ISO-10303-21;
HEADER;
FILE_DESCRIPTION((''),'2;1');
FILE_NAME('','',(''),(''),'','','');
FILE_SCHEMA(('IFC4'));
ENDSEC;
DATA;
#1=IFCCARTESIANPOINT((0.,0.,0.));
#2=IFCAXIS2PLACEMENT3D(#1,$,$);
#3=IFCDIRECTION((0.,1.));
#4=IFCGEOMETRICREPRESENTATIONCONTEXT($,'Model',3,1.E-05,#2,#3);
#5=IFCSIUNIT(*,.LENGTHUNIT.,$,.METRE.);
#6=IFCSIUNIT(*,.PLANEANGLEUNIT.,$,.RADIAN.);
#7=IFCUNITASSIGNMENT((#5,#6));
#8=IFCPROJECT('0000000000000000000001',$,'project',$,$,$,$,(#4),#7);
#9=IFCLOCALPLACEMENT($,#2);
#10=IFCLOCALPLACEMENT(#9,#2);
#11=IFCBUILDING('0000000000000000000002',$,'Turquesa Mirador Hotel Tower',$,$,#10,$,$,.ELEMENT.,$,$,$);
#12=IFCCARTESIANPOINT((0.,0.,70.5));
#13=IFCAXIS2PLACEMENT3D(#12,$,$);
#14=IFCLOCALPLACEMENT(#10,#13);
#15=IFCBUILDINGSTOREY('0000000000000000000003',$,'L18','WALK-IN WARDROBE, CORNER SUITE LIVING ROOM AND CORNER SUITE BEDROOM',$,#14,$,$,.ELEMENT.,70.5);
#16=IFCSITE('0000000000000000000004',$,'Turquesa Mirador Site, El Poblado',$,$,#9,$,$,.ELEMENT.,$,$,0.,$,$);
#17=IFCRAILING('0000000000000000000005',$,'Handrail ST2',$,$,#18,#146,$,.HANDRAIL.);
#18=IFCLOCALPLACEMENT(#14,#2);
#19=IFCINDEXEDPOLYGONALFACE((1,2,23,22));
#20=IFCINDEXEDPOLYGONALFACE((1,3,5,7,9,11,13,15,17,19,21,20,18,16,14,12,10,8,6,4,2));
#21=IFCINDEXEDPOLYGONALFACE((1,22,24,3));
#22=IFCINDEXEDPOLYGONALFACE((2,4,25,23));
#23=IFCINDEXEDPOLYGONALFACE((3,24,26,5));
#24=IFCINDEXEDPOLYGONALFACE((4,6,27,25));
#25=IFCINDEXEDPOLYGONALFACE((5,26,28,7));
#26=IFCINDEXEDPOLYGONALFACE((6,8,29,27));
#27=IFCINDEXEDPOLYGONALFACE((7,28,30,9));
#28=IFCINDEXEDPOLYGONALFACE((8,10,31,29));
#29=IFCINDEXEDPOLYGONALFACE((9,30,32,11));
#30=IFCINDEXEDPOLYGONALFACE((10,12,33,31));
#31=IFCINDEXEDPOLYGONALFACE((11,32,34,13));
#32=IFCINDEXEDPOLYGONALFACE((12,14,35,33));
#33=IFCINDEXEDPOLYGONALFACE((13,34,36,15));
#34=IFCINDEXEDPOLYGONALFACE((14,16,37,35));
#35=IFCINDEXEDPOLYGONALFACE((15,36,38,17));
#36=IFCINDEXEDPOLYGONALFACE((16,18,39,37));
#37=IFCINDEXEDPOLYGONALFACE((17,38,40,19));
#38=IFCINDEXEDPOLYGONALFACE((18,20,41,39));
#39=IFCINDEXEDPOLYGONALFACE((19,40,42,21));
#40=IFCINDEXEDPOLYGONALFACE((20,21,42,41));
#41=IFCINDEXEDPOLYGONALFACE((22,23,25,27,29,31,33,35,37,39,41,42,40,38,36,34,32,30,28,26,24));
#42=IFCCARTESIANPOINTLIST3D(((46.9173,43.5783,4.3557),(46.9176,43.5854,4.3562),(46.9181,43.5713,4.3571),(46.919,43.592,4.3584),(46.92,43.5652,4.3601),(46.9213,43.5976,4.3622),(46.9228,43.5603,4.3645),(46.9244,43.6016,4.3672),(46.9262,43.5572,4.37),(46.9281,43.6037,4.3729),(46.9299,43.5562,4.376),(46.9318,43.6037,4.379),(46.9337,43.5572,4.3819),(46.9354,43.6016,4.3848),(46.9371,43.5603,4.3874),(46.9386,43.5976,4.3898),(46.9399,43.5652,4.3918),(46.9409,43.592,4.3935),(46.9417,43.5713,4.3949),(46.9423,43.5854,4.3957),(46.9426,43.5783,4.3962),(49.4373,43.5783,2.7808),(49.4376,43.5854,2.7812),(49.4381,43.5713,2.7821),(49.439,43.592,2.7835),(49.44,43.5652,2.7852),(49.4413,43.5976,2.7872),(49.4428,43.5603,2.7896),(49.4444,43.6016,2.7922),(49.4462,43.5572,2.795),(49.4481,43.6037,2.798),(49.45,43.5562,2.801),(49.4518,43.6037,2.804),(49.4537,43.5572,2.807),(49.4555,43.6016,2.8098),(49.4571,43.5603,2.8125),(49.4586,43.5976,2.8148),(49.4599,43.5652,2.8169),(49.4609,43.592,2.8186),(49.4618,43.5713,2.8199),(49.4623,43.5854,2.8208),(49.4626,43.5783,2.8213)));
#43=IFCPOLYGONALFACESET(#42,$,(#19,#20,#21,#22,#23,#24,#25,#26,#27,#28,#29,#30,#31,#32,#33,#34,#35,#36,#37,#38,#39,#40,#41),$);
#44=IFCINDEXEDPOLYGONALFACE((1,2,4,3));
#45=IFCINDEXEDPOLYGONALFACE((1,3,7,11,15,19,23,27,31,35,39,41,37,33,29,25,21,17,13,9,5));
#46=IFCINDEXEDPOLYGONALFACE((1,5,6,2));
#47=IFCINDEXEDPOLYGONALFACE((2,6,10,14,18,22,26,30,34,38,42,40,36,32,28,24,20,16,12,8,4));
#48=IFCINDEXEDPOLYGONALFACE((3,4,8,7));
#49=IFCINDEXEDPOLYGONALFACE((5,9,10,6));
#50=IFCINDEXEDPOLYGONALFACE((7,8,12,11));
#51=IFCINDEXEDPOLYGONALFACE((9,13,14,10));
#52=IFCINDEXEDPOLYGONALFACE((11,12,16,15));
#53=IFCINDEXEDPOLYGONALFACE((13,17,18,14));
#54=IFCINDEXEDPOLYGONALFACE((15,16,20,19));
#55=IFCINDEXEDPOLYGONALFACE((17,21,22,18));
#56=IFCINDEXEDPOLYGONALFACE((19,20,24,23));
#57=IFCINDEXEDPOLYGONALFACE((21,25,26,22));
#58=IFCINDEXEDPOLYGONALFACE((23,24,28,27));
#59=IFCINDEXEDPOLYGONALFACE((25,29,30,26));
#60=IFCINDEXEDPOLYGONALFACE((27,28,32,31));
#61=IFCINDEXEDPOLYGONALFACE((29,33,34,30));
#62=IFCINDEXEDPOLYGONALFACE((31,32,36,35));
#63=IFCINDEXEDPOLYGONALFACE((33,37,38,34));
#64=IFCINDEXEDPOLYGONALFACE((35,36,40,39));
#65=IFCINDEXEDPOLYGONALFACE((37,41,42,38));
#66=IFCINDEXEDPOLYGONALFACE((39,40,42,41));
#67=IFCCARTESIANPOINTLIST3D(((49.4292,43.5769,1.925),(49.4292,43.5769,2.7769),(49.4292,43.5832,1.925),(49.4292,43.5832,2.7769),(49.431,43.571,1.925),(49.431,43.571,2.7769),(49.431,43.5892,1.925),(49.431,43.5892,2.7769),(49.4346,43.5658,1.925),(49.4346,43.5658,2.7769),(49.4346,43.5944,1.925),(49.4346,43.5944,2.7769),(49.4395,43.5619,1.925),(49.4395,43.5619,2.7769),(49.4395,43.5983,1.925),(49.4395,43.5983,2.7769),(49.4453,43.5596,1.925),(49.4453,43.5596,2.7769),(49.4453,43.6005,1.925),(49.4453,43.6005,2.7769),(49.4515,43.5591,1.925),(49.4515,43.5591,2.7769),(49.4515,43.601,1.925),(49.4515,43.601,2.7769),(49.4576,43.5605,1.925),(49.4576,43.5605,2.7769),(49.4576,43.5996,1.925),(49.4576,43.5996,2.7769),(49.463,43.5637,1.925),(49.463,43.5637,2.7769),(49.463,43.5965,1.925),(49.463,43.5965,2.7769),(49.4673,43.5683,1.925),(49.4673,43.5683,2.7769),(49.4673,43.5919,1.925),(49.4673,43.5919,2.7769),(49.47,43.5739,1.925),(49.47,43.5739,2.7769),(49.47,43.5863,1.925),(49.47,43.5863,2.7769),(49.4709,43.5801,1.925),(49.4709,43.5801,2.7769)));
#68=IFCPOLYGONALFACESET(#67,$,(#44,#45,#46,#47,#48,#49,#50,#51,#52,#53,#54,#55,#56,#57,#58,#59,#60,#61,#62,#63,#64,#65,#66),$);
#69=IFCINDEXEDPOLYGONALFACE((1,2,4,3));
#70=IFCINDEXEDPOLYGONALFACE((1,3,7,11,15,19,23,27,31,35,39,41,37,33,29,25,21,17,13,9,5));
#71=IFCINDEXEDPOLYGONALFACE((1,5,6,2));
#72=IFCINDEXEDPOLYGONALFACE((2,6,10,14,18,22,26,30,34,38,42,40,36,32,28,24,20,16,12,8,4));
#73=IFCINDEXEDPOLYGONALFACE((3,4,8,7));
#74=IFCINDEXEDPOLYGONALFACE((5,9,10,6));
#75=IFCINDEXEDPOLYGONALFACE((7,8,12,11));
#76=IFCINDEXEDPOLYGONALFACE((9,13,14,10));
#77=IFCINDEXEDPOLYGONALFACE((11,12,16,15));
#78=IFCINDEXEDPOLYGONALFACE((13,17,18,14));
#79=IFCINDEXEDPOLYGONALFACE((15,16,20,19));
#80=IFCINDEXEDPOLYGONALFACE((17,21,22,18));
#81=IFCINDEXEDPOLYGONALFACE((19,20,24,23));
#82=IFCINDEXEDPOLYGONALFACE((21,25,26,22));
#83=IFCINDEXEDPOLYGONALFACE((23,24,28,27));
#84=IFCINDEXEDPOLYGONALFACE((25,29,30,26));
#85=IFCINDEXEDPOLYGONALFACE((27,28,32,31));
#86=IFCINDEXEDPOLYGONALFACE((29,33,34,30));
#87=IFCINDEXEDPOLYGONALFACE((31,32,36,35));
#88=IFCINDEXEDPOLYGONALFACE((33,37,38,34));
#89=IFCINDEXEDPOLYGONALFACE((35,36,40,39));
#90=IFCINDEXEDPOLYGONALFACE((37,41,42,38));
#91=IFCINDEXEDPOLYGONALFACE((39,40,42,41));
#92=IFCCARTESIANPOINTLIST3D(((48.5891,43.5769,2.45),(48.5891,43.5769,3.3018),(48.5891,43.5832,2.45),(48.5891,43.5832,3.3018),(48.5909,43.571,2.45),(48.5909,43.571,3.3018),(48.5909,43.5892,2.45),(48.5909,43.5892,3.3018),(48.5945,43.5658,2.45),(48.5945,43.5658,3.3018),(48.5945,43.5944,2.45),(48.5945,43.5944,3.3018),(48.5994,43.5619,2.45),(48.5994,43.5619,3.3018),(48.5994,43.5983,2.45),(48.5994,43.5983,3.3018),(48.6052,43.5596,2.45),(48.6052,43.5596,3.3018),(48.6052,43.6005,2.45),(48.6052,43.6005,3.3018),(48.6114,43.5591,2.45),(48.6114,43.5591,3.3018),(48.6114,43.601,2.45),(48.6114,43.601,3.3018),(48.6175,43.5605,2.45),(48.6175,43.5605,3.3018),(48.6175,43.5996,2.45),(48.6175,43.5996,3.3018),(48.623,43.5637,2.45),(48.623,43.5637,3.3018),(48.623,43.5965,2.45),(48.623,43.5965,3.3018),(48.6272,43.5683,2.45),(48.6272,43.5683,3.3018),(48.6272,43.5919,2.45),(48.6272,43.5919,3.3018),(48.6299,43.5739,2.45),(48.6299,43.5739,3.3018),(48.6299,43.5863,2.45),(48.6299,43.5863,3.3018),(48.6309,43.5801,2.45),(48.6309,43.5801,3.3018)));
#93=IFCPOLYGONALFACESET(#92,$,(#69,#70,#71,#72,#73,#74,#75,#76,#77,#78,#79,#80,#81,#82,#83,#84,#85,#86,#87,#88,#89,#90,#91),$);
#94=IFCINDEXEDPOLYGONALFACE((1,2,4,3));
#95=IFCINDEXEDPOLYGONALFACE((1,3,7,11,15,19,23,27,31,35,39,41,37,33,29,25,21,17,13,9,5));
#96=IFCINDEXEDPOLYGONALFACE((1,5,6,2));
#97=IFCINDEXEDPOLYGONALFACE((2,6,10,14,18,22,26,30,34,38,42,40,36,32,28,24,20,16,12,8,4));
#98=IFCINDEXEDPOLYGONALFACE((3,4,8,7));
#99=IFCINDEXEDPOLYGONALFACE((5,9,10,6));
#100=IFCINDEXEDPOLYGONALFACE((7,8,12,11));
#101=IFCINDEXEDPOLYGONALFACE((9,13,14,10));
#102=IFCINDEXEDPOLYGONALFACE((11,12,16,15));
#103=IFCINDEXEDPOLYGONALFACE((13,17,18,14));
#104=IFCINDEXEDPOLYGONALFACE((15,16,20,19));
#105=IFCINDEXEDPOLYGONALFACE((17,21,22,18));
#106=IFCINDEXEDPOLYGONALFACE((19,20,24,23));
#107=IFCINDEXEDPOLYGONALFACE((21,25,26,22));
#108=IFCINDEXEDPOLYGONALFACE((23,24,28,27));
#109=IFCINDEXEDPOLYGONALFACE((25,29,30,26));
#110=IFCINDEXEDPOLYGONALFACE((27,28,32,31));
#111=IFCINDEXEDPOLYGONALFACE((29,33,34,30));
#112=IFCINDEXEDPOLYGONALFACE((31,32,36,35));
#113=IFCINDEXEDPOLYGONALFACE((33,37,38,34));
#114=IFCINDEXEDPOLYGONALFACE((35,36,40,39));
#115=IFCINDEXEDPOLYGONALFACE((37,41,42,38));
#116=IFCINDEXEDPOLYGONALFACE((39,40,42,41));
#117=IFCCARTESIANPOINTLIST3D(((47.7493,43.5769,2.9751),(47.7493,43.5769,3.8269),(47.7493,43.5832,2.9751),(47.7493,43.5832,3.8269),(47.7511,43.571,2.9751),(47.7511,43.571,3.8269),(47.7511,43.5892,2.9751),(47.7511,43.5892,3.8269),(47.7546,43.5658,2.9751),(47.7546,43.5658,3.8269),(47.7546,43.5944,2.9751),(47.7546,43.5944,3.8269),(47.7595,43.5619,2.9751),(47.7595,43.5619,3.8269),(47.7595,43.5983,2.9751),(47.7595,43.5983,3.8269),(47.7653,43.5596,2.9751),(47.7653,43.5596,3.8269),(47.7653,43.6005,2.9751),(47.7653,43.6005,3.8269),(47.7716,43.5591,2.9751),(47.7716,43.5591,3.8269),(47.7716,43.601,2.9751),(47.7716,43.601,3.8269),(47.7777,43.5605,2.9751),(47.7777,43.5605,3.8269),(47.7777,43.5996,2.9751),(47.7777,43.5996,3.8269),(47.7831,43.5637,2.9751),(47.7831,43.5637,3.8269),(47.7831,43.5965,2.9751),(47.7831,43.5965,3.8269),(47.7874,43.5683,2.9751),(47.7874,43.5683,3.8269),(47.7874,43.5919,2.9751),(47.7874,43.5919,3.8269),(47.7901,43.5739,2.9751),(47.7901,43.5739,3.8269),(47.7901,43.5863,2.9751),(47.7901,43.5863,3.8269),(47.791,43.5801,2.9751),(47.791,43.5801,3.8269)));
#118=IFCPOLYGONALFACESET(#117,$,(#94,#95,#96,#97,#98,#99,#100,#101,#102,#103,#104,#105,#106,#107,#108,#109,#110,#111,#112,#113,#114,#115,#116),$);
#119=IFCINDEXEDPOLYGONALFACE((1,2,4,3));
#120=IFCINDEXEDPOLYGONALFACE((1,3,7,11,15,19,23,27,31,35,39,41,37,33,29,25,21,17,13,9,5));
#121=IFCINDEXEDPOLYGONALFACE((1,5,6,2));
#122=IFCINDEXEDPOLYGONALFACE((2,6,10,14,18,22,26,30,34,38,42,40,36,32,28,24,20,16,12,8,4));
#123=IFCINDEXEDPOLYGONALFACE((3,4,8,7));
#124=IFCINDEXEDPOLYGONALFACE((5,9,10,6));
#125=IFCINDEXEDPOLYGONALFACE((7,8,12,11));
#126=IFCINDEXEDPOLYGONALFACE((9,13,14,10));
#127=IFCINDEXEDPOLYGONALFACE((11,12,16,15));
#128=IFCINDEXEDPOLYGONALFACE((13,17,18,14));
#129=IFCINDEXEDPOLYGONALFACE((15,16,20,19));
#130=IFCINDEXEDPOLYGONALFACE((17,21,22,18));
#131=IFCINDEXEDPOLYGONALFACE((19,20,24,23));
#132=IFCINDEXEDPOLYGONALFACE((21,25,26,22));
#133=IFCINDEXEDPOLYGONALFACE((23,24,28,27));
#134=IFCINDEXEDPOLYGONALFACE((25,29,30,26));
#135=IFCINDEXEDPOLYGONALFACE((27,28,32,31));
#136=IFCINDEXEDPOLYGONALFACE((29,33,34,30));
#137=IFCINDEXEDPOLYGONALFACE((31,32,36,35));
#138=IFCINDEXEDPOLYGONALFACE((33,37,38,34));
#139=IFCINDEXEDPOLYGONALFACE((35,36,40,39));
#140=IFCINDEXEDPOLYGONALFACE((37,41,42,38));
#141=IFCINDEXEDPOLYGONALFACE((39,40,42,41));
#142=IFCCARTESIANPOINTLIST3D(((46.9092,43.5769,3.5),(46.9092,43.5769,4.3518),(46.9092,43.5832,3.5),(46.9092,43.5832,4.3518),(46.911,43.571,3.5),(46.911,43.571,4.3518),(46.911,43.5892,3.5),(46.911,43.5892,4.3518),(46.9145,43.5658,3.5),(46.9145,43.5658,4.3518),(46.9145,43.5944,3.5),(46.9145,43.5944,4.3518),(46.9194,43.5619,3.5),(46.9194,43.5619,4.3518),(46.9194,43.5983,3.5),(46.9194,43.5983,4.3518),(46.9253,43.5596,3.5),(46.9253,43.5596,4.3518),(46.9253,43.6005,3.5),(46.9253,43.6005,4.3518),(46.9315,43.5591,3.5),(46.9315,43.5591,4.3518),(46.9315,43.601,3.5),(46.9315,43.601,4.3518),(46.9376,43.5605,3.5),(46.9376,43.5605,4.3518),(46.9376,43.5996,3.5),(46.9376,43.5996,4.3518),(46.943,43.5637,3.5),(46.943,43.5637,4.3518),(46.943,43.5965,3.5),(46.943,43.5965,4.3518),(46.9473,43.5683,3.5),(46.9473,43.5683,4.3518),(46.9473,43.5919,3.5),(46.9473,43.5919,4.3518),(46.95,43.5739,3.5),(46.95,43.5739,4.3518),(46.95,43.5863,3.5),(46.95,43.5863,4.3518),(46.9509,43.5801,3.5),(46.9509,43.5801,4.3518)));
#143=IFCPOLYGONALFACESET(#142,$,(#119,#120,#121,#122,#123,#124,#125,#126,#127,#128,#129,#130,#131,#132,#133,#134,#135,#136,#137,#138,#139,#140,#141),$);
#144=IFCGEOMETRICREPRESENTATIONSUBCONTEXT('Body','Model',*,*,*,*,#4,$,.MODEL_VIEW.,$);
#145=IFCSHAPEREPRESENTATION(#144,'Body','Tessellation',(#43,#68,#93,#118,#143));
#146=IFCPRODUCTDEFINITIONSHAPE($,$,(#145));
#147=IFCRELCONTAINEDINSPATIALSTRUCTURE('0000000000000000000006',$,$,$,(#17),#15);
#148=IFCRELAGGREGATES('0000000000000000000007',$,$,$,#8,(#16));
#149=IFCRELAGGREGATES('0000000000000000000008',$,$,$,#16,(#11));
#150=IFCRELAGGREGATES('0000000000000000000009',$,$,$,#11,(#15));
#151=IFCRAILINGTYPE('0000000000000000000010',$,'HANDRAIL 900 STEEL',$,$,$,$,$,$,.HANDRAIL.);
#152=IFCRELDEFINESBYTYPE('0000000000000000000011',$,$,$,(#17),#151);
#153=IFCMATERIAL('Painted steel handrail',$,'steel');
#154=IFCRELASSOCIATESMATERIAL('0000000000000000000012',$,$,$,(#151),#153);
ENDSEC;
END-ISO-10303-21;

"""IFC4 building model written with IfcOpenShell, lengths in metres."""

from ifc_helpers import new_model, si_unit, direction, frame, origin, origin_2d, place, context, subcontext, project, spatial, circle, extrude, material, type_object, element, save


model = new_model("IFC4")

# Units and contexts
model_context = context("Model", 3, precision=1e-05, world=origin(), true_north=direction((0.0, 1.0)))
body_context = subcontext(model_context, "Body", "Model", "MODEL_VIEW")
ifc_project = project(units=[si_unit("LENGTHUNIT", "METRE"), si_unit("PLANEANGLEUNIT", "RADIAN")], contexts=[model_context])

# Site, building, storey
site_placement = place(None, origin())
site = spatial("IfcSite", under=ifc_project, at=site_placement, Name="Turquesa Mirador Site, El Poblado", CompositionType="ELEMENT", RefElevation=0.0)
building_placement = place(site_placement, origin())
building = spatial("IfcBuilding", under=site, at=building_placement, Name="Turquesa Mirador Hotel Tower", CompositionType="ELEMENT")
storey_placement = place(building_placement, frame((0.0, 0.0, 70.5)))
storey = spatial("IfcBuildingStorey", under=building, at=storey_placement, Name="L18", Description="WALK-IN WARDROBE, CORNER SUITE LIVING ROOM AND CORNER SUITE BEDROOM", CompositionType="ELEMENT", Elevation=70.5)

# Railing
ifc_material_1 = material(Name="Painted steel handrail", Category="steel")
railing_type = type_object("IfcRailingType", Name="HANDRAIL 900 STEEL", PredefinedType="HANDRAIL", material=ifc_material_1)
railing_1_placement = place(storey_placement, frame((49.45, 43.5801, 1.925)))
element("IfcRailing", 1, at=railing_1_placement, inside=storey, type_object=railing_type, Name="Handrail ST2", PredefinedType="HANDRAIL", context=body_context, shape_type="SweptSolid", body=[
    extrude(circle(Radius=0.0239, at=origin_2d()), frame((0.0, 0.0, 0.876), z_axis=(-0.848008, 0.0, 0.529984), x_axis=(0.0, -1.0, 0.0)), (0.0, 0.0, 1.0), 2.9717),
    extrude(circle(Radius=0.021, at=origin_2d()), origin(), (0.0, 0.0, 1.0), 0.8518),
    extrude(circle(Radius=0.021, at=origin_2d()), frame((-0.8401, 0.0, 0.5249)), (0.0, 0.0, 1.0), 0.8518),
    extrude(circle(Radius=0.021, at=origin_2d()), frame((-1.6799, 0.0, 1.05)), (0.0, 0.0, 1.0), 0.8518),
    extrude(circle(Radius=0.021, at=origin_2d()), frame((-2.52, 0.0, 1.575)), (0.0, 0.0, 1.0), 0.8518),
])

save(model, "model.ifc")
